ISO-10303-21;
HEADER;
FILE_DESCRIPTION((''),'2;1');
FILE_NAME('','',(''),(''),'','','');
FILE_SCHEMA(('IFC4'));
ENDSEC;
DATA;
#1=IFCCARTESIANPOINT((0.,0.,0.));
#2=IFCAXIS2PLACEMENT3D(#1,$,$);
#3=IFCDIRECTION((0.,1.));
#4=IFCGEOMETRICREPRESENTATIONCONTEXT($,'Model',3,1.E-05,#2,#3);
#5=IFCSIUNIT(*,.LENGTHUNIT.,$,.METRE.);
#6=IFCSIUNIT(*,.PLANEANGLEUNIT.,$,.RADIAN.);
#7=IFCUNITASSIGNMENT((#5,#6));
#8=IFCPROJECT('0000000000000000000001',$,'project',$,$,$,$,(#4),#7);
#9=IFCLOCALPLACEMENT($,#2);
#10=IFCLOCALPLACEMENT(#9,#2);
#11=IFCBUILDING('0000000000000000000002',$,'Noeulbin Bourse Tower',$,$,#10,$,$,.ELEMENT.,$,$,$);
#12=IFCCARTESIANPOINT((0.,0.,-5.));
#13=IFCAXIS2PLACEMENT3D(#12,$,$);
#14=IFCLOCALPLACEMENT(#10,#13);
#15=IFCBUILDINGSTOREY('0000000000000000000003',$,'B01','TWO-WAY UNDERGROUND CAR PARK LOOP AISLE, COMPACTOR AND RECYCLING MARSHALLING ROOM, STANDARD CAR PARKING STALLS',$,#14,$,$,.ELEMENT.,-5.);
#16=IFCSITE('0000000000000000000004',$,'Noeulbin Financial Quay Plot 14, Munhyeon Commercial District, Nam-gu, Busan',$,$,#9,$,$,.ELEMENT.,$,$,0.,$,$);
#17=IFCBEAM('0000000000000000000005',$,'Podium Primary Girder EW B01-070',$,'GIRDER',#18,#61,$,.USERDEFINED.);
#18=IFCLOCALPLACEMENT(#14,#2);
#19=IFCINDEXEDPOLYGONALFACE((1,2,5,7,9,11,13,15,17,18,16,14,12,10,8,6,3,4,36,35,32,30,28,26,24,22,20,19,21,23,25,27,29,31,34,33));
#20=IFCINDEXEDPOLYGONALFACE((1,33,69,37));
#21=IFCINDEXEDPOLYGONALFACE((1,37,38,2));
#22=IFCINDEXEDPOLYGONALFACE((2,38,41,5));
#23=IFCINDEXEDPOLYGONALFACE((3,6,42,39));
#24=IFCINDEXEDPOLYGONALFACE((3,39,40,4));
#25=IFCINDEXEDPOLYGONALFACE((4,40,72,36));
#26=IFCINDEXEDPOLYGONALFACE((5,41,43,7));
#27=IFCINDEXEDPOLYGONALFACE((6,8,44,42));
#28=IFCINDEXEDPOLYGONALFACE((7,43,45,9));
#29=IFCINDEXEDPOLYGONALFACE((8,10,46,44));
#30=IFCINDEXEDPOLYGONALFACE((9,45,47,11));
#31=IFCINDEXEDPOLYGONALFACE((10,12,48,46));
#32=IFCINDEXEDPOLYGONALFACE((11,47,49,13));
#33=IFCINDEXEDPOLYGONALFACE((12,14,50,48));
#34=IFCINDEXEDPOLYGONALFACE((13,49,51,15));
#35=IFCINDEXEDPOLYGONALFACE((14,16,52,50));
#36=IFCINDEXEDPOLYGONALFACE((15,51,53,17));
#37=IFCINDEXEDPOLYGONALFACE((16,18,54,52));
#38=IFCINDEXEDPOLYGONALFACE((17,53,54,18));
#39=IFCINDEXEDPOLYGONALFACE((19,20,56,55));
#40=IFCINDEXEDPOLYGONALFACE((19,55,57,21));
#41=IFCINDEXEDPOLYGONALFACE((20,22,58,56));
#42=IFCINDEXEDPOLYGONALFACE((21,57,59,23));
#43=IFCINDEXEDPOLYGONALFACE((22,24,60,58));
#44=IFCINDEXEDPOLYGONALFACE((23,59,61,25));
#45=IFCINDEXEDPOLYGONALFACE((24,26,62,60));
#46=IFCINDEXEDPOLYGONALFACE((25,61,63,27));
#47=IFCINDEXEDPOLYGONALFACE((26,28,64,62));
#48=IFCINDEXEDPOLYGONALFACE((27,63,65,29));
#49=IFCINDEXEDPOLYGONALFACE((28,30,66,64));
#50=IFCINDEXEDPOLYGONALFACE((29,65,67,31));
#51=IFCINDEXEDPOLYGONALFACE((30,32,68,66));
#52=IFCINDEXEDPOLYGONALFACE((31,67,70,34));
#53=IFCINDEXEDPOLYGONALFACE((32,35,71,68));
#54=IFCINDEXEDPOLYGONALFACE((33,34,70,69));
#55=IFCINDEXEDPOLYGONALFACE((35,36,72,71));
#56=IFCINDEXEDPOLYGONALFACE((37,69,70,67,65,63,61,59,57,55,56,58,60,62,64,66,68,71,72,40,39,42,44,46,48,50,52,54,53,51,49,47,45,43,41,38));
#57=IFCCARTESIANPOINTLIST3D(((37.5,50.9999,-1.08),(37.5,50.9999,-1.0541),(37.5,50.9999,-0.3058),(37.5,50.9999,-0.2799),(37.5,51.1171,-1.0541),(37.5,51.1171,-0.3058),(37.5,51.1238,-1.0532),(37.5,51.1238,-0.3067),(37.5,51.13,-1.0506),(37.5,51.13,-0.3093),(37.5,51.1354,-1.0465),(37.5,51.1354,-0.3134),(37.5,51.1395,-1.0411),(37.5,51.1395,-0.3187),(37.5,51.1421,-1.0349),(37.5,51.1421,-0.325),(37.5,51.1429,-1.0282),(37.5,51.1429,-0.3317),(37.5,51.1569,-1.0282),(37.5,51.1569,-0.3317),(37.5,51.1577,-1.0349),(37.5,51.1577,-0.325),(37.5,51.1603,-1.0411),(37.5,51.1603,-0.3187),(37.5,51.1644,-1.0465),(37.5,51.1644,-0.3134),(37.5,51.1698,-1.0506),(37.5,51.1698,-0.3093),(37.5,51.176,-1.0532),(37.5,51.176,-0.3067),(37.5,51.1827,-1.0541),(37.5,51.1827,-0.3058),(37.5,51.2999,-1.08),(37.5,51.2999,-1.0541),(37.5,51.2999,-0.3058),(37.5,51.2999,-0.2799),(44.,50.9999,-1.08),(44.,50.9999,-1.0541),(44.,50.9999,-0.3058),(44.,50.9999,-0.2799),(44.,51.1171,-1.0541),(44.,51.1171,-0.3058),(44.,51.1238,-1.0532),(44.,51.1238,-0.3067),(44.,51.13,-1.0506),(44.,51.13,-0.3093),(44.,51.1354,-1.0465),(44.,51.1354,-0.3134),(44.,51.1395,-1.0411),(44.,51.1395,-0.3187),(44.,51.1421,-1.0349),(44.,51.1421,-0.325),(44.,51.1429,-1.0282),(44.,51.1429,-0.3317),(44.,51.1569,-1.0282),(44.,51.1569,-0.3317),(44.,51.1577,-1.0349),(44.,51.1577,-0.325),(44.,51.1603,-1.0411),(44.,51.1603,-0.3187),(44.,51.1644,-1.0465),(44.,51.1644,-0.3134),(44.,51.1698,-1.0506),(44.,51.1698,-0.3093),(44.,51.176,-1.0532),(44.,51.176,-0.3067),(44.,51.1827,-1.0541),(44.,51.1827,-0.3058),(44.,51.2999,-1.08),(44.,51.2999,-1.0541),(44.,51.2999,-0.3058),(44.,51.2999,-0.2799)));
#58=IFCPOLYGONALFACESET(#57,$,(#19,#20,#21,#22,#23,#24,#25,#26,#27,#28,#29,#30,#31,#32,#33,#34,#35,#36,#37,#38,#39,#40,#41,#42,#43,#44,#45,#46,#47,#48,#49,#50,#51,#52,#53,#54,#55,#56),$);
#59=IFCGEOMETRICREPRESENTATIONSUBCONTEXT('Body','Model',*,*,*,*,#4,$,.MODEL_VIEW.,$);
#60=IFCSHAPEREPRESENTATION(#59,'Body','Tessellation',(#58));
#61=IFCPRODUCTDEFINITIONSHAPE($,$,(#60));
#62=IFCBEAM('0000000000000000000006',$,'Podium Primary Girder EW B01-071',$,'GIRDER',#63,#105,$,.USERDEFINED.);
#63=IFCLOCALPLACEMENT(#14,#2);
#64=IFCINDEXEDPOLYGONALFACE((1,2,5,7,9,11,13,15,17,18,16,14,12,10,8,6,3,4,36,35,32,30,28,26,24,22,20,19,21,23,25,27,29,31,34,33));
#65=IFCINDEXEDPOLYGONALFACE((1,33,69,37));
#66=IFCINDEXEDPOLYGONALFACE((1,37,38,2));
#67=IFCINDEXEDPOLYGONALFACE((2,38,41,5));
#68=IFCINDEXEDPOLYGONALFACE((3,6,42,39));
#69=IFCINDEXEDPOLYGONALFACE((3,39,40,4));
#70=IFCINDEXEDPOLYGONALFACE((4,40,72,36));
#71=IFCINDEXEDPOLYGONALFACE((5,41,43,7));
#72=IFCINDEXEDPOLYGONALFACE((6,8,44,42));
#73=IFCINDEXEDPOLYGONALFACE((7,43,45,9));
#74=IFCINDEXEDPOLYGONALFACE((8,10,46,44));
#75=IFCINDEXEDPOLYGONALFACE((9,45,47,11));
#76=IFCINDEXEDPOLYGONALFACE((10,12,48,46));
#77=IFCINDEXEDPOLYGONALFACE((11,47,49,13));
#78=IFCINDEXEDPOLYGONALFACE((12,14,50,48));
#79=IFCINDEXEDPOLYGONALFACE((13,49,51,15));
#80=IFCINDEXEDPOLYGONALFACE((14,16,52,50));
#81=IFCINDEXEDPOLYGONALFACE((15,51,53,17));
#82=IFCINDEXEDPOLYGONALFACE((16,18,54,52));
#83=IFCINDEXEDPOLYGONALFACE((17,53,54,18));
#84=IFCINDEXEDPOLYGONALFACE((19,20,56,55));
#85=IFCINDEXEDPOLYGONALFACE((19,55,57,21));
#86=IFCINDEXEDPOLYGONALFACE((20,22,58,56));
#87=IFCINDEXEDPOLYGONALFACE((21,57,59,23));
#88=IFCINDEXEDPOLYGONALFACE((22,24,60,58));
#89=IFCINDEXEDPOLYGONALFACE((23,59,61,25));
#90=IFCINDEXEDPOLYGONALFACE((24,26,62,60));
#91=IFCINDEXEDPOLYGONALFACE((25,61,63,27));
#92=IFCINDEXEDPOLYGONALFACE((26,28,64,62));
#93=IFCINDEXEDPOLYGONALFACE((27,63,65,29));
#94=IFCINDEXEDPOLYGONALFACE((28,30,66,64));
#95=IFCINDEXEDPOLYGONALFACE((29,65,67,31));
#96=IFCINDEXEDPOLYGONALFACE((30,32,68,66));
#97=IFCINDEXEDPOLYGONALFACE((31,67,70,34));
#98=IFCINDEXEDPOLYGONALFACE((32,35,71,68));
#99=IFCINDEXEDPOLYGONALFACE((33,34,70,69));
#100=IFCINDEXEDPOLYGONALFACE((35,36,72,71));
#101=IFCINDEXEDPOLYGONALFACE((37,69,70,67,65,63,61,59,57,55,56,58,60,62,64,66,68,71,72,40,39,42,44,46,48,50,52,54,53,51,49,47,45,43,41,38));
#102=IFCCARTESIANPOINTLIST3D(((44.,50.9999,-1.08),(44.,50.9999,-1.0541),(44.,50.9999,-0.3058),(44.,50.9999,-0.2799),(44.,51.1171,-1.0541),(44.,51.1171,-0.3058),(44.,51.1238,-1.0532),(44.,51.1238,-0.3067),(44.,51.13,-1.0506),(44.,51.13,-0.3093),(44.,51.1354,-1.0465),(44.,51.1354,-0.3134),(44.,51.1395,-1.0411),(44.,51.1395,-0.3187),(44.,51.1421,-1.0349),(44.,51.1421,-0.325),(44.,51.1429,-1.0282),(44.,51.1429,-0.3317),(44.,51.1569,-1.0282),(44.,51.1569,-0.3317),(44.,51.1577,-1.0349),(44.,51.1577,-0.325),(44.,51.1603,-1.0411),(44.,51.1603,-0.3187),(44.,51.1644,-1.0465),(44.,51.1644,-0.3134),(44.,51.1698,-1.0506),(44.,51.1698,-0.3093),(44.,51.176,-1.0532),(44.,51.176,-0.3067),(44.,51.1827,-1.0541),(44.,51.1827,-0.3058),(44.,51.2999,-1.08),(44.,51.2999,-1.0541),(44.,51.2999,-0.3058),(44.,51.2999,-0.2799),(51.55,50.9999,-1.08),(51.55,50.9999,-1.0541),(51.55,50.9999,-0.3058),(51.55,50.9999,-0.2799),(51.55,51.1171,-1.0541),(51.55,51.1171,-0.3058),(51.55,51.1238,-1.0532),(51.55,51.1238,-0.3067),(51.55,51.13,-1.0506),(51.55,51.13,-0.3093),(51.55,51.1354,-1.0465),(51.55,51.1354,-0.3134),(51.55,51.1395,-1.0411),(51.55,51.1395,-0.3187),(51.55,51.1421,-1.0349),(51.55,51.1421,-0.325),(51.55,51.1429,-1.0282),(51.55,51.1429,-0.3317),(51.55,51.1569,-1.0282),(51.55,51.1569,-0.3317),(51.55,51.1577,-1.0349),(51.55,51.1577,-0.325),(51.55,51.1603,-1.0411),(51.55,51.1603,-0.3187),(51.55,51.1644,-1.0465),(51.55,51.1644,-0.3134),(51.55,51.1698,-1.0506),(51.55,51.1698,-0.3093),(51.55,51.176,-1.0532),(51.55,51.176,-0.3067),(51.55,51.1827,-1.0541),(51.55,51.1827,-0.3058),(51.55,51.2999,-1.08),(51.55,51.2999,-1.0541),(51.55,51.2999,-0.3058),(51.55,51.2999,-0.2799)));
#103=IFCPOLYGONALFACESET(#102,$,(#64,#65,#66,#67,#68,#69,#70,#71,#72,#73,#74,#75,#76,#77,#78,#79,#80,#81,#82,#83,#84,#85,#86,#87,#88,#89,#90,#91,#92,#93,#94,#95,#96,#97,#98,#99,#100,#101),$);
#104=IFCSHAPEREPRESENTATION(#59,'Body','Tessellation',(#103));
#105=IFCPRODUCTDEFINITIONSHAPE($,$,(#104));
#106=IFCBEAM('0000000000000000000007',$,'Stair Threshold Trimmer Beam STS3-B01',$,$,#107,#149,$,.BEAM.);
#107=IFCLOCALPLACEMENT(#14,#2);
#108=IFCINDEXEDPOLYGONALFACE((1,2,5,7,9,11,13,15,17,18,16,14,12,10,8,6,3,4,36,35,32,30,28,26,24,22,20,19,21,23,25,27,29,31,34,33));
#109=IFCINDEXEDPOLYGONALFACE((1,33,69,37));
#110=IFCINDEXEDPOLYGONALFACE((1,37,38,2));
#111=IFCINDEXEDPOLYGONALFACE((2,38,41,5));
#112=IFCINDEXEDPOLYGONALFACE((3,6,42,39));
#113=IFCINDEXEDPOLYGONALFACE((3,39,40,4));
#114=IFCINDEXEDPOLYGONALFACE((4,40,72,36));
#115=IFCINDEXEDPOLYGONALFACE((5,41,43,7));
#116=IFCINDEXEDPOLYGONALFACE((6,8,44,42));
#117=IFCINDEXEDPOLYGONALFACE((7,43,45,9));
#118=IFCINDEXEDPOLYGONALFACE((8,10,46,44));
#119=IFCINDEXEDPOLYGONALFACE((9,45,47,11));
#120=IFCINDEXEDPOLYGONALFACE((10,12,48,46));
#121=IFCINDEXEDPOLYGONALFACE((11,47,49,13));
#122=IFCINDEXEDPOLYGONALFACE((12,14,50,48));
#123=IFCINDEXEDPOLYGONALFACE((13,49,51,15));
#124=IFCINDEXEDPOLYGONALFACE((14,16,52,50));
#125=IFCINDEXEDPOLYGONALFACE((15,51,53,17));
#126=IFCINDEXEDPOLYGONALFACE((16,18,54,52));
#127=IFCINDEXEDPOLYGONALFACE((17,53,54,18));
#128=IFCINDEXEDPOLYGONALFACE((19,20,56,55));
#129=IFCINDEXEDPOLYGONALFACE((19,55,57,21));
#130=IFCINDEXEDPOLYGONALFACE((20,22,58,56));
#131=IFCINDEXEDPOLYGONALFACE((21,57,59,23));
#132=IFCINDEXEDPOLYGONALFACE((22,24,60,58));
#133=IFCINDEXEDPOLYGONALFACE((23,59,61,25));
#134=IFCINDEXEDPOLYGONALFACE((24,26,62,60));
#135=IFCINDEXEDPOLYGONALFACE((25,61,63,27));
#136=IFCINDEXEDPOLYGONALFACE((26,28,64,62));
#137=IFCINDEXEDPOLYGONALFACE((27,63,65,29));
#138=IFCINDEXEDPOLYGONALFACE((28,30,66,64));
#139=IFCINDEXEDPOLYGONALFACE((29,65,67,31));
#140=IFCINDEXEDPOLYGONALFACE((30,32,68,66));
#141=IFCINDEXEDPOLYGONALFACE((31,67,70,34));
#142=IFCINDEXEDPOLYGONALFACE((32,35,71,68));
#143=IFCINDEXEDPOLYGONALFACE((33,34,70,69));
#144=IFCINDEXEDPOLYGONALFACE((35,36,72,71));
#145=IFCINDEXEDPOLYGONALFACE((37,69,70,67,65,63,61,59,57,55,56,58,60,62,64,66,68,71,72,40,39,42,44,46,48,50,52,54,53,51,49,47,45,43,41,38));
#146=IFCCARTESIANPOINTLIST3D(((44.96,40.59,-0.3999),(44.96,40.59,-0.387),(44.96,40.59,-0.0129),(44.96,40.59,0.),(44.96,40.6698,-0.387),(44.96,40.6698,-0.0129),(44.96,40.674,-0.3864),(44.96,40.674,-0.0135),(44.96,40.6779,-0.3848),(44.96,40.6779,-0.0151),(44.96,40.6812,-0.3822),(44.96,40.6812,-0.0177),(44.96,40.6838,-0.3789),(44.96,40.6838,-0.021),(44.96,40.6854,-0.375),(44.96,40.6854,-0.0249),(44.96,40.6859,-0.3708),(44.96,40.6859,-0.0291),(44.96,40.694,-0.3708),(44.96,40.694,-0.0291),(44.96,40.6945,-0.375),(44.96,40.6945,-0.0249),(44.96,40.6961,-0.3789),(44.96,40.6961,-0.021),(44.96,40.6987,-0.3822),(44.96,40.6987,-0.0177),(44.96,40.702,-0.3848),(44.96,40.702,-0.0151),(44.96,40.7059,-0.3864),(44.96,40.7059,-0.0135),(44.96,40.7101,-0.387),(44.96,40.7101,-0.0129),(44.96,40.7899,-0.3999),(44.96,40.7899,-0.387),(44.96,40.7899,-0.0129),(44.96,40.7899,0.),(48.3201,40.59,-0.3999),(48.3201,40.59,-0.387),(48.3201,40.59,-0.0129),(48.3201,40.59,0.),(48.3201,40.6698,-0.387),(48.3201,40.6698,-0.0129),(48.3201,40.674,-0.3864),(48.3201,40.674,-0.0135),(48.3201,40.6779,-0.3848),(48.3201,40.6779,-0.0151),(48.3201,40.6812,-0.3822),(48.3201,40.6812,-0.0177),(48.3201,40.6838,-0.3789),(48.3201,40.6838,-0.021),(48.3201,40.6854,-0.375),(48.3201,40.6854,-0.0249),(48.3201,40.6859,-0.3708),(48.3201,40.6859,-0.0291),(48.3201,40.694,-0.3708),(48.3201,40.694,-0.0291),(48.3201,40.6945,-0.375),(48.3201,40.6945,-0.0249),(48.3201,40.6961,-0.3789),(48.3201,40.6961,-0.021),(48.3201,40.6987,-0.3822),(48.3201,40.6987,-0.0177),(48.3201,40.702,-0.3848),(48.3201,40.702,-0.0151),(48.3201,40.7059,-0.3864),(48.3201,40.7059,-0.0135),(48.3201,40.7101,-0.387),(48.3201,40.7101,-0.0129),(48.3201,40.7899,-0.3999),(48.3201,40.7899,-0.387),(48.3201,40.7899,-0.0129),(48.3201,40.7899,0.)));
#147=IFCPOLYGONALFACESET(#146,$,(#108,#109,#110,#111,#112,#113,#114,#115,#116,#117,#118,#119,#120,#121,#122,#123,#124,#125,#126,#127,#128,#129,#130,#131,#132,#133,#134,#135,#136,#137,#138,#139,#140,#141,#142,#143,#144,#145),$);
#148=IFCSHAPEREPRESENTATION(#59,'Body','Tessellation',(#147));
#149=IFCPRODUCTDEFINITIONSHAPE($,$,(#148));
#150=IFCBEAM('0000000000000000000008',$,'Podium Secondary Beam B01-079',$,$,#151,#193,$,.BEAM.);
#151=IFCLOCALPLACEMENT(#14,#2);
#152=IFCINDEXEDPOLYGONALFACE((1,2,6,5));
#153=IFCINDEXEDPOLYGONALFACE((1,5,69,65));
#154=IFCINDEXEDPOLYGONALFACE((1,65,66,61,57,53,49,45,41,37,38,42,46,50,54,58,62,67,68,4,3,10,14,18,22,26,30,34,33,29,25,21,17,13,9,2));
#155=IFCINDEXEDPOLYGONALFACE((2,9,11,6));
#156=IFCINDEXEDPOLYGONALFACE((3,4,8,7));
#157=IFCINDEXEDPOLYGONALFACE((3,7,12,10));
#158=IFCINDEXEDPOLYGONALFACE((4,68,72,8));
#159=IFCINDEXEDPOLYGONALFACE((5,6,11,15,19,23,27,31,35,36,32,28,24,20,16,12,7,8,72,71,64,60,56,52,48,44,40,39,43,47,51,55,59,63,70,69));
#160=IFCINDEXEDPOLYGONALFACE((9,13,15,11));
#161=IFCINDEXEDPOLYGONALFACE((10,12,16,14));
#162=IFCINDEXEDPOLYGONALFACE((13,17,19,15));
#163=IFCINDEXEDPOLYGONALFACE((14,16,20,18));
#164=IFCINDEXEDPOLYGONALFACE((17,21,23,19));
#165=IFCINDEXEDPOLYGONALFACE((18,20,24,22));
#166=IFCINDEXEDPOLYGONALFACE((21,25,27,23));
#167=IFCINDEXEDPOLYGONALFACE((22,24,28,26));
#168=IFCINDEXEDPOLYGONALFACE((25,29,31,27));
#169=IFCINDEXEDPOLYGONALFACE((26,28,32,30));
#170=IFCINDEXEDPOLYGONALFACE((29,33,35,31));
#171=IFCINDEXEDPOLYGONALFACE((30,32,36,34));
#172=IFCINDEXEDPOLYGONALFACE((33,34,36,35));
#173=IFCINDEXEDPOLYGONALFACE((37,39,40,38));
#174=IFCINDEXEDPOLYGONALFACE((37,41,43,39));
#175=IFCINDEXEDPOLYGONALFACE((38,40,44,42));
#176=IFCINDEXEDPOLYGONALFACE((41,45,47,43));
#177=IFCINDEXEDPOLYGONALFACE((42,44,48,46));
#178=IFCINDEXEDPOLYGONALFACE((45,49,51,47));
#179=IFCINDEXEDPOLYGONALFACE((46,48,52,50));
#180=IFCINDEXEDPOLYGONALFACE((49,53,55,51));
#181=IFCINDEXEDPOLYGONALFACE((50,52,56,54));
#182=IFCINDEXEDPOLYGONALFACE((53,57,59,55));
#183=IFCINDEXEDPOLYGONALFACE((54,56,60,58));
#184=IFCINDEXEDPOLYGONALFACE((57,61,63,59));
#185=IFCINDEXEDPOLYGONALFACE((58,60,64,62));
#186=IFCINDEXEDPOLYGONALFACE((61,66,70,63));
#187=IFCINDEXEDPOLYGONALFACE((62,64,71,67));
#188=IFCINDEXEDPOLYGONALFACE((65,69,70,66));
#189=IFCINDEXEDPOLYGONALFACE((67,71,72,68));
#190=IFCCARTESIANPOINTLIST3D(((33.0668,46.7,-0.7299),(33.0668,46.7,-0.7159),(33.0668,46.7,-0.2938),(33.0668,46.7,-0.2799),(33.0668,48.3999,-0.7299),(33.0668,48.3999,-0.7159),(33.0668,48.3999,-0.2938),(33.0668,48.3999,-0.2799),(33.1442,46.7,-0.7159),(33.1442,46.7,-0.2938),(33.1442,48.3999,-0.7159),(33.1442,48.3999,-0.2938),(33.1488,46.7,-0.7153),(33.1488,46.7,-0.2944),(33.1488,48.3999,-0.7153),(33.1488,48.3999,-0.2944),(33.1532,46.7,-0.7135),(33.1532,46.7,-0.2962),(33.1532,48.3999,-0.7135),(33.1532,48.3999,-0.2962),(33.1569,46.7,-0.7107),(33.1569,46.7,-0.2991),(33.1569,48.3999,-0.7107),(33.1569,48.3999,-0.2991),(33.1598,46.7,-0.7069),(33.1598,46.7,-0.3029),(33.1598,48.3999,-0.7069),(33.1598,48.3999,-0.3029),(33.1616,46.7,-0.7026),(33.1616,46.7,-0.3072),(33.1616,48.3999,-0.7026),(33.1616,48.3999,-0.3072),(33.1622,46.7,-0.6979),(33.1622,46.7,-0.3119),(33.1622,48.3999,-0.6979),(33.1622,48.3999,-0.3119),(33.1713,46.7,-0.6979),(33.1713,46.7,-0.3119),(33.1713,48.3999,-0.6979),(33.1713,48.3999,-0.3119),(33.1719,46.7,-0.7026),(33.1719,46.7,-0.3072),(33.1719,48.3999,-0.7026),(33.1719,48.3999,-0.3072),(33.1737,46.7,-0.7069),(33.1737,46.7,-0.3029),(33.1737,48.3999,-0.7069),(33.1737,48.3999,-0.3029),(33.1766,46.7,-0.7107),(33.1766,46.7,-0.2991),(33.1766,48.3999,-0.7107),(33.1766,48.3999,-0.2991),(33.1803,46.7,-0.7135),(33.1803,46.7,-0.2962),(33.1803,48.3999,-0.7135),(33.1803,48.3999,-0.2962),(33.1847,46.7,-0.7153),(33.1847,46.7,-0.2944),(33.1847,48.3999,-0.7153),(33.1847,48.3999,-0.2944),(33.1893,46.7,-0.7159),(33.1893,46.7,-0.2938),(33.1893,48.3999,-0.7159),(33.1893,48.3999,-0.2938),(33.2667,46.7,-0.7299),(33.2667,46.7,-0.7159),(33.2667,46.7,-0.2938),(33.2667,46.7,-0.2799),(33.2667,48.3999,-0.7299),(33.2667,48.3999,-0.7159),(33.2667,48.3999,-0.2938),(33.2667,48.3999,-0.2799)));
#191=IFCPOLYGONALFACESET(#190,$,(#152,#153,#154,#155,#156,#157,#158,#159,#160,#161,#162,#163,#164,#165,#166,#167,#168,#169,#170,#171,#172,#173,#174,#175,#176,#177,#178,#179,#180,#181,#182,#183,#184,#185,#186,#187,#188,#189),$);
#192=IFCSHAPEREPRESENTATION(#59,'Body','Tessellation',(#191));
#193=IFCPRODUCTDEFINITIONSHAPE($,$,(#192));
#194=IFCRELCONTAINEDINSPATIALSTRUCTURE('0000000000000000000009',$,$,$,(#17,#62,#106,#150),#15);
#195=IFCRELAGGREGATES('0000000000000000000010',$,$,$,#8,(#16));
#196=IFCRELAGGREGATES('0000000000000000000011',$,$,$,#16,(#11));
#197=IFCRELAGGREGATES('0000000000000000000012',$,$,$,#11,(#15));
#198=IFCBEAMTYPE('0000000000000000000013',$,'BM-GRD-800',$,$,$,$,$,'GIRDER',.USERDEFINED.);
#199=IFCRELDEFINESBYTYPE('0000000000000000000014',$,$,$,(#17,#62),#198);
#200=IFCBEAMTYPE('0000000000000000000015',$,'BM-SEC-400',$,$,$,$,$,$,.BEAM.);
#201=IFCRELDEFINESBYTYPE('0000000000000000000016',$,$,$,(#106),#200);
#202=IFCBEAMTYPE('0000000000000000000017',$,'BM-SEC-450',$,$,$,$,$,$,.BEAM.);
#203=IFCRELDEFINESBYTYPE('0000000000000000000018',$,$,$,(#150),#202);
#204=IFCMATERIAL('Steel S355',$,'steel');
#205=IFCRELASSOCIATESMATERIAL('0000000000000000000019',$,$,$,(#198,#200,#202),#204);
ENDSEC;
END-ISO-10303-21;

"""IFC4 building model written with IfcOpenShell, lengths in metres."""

from ifc_helpers import new_model, si_unit, direction, frame, origin, origin_2d, place, context, subcontext, project, spatial, i_section, extrude, material, material_profile, profile_set, type_object, element, save


model = new_model("IFC4")

# Units and contexts
model_context = context("Model", 3, precision=1e-05, world=origin(), true_north=direction((0.0, 1.0)))
body_context = subcontext(model_context, "Body", "Model", "MODEL_VIEW")
ifc_project = project(units=[si_unit("LENGTHUNIT", "METRE"), si_unit("PLANEANGLEUNIT", "RADIAN")], contexts=[model_context])

# Site, building, storey
site_placement = place(None, origin())
site = spatial("IfcSite", under=ifc_project, at=site_placement, Name="Noeulbin Financial Quay Plot 14, Munhyeon Commercial District, Nam-gu, Busan", CompositionType="ELEMENT", RefElevation=0.0)
building_placement = place(site_placement, origin())
building = spatial("IfcBuilding", under=site, at=building_placement, Name="Noeulbin Bourse Tower", CompositionType="ELEMENT")
storey_placement = place(building_placement, frame((0.0, 0.0, -5.0)))
storey = spatial("IfcBuildingStorey", under=building, at=storey_placement, Name="B01", Description="TWO-WAY UNDERGROUND CAR PARK LOOP AISLE, COMPACTOR AND RECYCLING MARSHALLING ROOM, STANDARD CAR PARKING STALLS", CompositionType="ELEMENT", Elevation=-5.0)

# Beams
ifc_material_1 = material(Name="Steel S355", Category="steel")
ifc_material_profile_1 = material_profile(ifc_material_1, i_section(OverallWidth=0.3, OverallDepth=0.8, WebThickness=0.0139, FlangeThickness=0.0259, FilletRadius=0.0259, at=origin_2d()), Name="H-800x300x14x26", Category="LoadBearing")
ifc_profile_set_1 = profile_set([ifc_material_profile_1], Name="Steel S355")
beam_type_1 = type_object("IfcBeamType", Name="BM-GRD-800", ElementType="GIRDER", PredefinedType="USERDEFINED", material=ifc_profile_set_1)
beam_1_placement = place(storey_placement, frame((37.5, 51.1499, -0.6799), z_axis=(1.0, 0.0, 0.0), x_axis=(0.0, 1.0, 0.0)))
element("IfcBeam", 1, at=beam_1_placement, inside=storey, type_object=beam_type_1, Name="Podium Primary Girder EW B01-070", ObjectType="GIRDER", PredefinedType="USERDEFINED", context=body_context, shape_type="SweptSolid", body=[
    extrude(i_section(OverallWidth=0.3, OverallDepth=0.8, WebThickness=0.0139, FlangeThickness=0.0259, FilletRadius=0.0259, at=origin_2d()), origin(), (0.0, 0.0, 1.0), 6.5),
])
beam_2_placement = place(storey_placement, frame((44.0, 51.1499, -0.6799), z_axis=(1.0, 0.0, 0.0), x_axis=(0.0, 1.0, 0.0)))
element("IfcBeam", 2, at=beam_2_placement, inside=storey, type_object=beam_type_1, Name="Podium Primary Girder EW B01-071", ObjectType="GIRDER", PredefinedType="USERDEFINED", context=body_context, shape_type="SweptSolid", body=[
    extrude(i_section(OverallWidth=0.3, OverallDepth=0.8, WebThickness=0.0139, FlangeThickness=0.0259, FilletRadius=0.0259, at=origin_2d()), origin(), (0.0, 0.0, 1.0), 7.55),
])
ifc_material_profile_2 = material_profile(ifc_material_1, i_section(OverallWidth=0.2, OverallDepth=0.3999, WebThickness=0.0081, FlangeThickness=0.0129, FilletRadius=0.0161, at=origin_2d()), Name="H-400x200x8x13", Category="LoadBearing")
ifc_profile_set_2 = profile_set([ifc_material_profile_2], Name="Steel S355")
beam_type_2 = type_object("IfcBeamType", Name="BM-SEC-400", PredefinedType="BEAM", material=ifc_profile_set_2)
beam_3_placement = place(storey_placement, frame((44.96, 40.6899, -0.2), z_axis=(1.0, 0.0, 0.0), x_axis=(0.0, 1.0, 0.0)))
element("IfcBeam", 3, at=beam_3_placement, inside=storey, type_object=beam_type_2, Name="Stair Threshold Trimmer Beam STS3-B01", PredefinedType="BEAM", context=body_context, shape_type="SweptSolid", body=[
    extrude(i_section(OverallWidth=0.2, OverallDepth=0.3999, WebThickness=0.0081, FlangeThickness=0.0129, FilletRadius=0.0161, at=origin_2d()), origin(), (0.0, 0.0, 1.0), 3.3601),
])
ifc_material_profile_3 = material_profile(ifc_material_1, i_section(OverallWidth=0.2, OverallDepth=0.45, WebThickness=0.009, FlangeThickness=0.0139, FilletRadius=0.0181, at=origin_2d()), Name="H-450x200x9x14", Category="LoadBearing")
ifc_profile_set_3 = profile_set([ifc_material_profile_3], Name="Steel S355")
beam_type_3 = type_object("IfcBeamType", Name="BM-SEC-450", PredefinedType="BEAM", material=ifc_profile_set_3)
beam_4_placement = place(storey_placement, frame((33.1667, 46.7, -0.5049), z_axis=(0.0, 1.0, 0.0), x_axis=(-1.0, 0.0, 0.0)))
element("IfcBeam", 4, at=beam_4_placement, inside=storey, type_object=beam_type_3, Name="Podium Secondary Beam B01-079", PredefinedType="BEAM", context=body_context, shape_type="SweptSolid", body=[
    extrude(i_section(OverallWidth=0.2, OverallDepth=0.45, WebThickness=0.009, FlangeThickness=0.0139, FilletRadius=0.0181, at=origin_2d()), origin(), (0.0, 0.0, 1.0), 1.7),
])

save(model, "model.ifc")
